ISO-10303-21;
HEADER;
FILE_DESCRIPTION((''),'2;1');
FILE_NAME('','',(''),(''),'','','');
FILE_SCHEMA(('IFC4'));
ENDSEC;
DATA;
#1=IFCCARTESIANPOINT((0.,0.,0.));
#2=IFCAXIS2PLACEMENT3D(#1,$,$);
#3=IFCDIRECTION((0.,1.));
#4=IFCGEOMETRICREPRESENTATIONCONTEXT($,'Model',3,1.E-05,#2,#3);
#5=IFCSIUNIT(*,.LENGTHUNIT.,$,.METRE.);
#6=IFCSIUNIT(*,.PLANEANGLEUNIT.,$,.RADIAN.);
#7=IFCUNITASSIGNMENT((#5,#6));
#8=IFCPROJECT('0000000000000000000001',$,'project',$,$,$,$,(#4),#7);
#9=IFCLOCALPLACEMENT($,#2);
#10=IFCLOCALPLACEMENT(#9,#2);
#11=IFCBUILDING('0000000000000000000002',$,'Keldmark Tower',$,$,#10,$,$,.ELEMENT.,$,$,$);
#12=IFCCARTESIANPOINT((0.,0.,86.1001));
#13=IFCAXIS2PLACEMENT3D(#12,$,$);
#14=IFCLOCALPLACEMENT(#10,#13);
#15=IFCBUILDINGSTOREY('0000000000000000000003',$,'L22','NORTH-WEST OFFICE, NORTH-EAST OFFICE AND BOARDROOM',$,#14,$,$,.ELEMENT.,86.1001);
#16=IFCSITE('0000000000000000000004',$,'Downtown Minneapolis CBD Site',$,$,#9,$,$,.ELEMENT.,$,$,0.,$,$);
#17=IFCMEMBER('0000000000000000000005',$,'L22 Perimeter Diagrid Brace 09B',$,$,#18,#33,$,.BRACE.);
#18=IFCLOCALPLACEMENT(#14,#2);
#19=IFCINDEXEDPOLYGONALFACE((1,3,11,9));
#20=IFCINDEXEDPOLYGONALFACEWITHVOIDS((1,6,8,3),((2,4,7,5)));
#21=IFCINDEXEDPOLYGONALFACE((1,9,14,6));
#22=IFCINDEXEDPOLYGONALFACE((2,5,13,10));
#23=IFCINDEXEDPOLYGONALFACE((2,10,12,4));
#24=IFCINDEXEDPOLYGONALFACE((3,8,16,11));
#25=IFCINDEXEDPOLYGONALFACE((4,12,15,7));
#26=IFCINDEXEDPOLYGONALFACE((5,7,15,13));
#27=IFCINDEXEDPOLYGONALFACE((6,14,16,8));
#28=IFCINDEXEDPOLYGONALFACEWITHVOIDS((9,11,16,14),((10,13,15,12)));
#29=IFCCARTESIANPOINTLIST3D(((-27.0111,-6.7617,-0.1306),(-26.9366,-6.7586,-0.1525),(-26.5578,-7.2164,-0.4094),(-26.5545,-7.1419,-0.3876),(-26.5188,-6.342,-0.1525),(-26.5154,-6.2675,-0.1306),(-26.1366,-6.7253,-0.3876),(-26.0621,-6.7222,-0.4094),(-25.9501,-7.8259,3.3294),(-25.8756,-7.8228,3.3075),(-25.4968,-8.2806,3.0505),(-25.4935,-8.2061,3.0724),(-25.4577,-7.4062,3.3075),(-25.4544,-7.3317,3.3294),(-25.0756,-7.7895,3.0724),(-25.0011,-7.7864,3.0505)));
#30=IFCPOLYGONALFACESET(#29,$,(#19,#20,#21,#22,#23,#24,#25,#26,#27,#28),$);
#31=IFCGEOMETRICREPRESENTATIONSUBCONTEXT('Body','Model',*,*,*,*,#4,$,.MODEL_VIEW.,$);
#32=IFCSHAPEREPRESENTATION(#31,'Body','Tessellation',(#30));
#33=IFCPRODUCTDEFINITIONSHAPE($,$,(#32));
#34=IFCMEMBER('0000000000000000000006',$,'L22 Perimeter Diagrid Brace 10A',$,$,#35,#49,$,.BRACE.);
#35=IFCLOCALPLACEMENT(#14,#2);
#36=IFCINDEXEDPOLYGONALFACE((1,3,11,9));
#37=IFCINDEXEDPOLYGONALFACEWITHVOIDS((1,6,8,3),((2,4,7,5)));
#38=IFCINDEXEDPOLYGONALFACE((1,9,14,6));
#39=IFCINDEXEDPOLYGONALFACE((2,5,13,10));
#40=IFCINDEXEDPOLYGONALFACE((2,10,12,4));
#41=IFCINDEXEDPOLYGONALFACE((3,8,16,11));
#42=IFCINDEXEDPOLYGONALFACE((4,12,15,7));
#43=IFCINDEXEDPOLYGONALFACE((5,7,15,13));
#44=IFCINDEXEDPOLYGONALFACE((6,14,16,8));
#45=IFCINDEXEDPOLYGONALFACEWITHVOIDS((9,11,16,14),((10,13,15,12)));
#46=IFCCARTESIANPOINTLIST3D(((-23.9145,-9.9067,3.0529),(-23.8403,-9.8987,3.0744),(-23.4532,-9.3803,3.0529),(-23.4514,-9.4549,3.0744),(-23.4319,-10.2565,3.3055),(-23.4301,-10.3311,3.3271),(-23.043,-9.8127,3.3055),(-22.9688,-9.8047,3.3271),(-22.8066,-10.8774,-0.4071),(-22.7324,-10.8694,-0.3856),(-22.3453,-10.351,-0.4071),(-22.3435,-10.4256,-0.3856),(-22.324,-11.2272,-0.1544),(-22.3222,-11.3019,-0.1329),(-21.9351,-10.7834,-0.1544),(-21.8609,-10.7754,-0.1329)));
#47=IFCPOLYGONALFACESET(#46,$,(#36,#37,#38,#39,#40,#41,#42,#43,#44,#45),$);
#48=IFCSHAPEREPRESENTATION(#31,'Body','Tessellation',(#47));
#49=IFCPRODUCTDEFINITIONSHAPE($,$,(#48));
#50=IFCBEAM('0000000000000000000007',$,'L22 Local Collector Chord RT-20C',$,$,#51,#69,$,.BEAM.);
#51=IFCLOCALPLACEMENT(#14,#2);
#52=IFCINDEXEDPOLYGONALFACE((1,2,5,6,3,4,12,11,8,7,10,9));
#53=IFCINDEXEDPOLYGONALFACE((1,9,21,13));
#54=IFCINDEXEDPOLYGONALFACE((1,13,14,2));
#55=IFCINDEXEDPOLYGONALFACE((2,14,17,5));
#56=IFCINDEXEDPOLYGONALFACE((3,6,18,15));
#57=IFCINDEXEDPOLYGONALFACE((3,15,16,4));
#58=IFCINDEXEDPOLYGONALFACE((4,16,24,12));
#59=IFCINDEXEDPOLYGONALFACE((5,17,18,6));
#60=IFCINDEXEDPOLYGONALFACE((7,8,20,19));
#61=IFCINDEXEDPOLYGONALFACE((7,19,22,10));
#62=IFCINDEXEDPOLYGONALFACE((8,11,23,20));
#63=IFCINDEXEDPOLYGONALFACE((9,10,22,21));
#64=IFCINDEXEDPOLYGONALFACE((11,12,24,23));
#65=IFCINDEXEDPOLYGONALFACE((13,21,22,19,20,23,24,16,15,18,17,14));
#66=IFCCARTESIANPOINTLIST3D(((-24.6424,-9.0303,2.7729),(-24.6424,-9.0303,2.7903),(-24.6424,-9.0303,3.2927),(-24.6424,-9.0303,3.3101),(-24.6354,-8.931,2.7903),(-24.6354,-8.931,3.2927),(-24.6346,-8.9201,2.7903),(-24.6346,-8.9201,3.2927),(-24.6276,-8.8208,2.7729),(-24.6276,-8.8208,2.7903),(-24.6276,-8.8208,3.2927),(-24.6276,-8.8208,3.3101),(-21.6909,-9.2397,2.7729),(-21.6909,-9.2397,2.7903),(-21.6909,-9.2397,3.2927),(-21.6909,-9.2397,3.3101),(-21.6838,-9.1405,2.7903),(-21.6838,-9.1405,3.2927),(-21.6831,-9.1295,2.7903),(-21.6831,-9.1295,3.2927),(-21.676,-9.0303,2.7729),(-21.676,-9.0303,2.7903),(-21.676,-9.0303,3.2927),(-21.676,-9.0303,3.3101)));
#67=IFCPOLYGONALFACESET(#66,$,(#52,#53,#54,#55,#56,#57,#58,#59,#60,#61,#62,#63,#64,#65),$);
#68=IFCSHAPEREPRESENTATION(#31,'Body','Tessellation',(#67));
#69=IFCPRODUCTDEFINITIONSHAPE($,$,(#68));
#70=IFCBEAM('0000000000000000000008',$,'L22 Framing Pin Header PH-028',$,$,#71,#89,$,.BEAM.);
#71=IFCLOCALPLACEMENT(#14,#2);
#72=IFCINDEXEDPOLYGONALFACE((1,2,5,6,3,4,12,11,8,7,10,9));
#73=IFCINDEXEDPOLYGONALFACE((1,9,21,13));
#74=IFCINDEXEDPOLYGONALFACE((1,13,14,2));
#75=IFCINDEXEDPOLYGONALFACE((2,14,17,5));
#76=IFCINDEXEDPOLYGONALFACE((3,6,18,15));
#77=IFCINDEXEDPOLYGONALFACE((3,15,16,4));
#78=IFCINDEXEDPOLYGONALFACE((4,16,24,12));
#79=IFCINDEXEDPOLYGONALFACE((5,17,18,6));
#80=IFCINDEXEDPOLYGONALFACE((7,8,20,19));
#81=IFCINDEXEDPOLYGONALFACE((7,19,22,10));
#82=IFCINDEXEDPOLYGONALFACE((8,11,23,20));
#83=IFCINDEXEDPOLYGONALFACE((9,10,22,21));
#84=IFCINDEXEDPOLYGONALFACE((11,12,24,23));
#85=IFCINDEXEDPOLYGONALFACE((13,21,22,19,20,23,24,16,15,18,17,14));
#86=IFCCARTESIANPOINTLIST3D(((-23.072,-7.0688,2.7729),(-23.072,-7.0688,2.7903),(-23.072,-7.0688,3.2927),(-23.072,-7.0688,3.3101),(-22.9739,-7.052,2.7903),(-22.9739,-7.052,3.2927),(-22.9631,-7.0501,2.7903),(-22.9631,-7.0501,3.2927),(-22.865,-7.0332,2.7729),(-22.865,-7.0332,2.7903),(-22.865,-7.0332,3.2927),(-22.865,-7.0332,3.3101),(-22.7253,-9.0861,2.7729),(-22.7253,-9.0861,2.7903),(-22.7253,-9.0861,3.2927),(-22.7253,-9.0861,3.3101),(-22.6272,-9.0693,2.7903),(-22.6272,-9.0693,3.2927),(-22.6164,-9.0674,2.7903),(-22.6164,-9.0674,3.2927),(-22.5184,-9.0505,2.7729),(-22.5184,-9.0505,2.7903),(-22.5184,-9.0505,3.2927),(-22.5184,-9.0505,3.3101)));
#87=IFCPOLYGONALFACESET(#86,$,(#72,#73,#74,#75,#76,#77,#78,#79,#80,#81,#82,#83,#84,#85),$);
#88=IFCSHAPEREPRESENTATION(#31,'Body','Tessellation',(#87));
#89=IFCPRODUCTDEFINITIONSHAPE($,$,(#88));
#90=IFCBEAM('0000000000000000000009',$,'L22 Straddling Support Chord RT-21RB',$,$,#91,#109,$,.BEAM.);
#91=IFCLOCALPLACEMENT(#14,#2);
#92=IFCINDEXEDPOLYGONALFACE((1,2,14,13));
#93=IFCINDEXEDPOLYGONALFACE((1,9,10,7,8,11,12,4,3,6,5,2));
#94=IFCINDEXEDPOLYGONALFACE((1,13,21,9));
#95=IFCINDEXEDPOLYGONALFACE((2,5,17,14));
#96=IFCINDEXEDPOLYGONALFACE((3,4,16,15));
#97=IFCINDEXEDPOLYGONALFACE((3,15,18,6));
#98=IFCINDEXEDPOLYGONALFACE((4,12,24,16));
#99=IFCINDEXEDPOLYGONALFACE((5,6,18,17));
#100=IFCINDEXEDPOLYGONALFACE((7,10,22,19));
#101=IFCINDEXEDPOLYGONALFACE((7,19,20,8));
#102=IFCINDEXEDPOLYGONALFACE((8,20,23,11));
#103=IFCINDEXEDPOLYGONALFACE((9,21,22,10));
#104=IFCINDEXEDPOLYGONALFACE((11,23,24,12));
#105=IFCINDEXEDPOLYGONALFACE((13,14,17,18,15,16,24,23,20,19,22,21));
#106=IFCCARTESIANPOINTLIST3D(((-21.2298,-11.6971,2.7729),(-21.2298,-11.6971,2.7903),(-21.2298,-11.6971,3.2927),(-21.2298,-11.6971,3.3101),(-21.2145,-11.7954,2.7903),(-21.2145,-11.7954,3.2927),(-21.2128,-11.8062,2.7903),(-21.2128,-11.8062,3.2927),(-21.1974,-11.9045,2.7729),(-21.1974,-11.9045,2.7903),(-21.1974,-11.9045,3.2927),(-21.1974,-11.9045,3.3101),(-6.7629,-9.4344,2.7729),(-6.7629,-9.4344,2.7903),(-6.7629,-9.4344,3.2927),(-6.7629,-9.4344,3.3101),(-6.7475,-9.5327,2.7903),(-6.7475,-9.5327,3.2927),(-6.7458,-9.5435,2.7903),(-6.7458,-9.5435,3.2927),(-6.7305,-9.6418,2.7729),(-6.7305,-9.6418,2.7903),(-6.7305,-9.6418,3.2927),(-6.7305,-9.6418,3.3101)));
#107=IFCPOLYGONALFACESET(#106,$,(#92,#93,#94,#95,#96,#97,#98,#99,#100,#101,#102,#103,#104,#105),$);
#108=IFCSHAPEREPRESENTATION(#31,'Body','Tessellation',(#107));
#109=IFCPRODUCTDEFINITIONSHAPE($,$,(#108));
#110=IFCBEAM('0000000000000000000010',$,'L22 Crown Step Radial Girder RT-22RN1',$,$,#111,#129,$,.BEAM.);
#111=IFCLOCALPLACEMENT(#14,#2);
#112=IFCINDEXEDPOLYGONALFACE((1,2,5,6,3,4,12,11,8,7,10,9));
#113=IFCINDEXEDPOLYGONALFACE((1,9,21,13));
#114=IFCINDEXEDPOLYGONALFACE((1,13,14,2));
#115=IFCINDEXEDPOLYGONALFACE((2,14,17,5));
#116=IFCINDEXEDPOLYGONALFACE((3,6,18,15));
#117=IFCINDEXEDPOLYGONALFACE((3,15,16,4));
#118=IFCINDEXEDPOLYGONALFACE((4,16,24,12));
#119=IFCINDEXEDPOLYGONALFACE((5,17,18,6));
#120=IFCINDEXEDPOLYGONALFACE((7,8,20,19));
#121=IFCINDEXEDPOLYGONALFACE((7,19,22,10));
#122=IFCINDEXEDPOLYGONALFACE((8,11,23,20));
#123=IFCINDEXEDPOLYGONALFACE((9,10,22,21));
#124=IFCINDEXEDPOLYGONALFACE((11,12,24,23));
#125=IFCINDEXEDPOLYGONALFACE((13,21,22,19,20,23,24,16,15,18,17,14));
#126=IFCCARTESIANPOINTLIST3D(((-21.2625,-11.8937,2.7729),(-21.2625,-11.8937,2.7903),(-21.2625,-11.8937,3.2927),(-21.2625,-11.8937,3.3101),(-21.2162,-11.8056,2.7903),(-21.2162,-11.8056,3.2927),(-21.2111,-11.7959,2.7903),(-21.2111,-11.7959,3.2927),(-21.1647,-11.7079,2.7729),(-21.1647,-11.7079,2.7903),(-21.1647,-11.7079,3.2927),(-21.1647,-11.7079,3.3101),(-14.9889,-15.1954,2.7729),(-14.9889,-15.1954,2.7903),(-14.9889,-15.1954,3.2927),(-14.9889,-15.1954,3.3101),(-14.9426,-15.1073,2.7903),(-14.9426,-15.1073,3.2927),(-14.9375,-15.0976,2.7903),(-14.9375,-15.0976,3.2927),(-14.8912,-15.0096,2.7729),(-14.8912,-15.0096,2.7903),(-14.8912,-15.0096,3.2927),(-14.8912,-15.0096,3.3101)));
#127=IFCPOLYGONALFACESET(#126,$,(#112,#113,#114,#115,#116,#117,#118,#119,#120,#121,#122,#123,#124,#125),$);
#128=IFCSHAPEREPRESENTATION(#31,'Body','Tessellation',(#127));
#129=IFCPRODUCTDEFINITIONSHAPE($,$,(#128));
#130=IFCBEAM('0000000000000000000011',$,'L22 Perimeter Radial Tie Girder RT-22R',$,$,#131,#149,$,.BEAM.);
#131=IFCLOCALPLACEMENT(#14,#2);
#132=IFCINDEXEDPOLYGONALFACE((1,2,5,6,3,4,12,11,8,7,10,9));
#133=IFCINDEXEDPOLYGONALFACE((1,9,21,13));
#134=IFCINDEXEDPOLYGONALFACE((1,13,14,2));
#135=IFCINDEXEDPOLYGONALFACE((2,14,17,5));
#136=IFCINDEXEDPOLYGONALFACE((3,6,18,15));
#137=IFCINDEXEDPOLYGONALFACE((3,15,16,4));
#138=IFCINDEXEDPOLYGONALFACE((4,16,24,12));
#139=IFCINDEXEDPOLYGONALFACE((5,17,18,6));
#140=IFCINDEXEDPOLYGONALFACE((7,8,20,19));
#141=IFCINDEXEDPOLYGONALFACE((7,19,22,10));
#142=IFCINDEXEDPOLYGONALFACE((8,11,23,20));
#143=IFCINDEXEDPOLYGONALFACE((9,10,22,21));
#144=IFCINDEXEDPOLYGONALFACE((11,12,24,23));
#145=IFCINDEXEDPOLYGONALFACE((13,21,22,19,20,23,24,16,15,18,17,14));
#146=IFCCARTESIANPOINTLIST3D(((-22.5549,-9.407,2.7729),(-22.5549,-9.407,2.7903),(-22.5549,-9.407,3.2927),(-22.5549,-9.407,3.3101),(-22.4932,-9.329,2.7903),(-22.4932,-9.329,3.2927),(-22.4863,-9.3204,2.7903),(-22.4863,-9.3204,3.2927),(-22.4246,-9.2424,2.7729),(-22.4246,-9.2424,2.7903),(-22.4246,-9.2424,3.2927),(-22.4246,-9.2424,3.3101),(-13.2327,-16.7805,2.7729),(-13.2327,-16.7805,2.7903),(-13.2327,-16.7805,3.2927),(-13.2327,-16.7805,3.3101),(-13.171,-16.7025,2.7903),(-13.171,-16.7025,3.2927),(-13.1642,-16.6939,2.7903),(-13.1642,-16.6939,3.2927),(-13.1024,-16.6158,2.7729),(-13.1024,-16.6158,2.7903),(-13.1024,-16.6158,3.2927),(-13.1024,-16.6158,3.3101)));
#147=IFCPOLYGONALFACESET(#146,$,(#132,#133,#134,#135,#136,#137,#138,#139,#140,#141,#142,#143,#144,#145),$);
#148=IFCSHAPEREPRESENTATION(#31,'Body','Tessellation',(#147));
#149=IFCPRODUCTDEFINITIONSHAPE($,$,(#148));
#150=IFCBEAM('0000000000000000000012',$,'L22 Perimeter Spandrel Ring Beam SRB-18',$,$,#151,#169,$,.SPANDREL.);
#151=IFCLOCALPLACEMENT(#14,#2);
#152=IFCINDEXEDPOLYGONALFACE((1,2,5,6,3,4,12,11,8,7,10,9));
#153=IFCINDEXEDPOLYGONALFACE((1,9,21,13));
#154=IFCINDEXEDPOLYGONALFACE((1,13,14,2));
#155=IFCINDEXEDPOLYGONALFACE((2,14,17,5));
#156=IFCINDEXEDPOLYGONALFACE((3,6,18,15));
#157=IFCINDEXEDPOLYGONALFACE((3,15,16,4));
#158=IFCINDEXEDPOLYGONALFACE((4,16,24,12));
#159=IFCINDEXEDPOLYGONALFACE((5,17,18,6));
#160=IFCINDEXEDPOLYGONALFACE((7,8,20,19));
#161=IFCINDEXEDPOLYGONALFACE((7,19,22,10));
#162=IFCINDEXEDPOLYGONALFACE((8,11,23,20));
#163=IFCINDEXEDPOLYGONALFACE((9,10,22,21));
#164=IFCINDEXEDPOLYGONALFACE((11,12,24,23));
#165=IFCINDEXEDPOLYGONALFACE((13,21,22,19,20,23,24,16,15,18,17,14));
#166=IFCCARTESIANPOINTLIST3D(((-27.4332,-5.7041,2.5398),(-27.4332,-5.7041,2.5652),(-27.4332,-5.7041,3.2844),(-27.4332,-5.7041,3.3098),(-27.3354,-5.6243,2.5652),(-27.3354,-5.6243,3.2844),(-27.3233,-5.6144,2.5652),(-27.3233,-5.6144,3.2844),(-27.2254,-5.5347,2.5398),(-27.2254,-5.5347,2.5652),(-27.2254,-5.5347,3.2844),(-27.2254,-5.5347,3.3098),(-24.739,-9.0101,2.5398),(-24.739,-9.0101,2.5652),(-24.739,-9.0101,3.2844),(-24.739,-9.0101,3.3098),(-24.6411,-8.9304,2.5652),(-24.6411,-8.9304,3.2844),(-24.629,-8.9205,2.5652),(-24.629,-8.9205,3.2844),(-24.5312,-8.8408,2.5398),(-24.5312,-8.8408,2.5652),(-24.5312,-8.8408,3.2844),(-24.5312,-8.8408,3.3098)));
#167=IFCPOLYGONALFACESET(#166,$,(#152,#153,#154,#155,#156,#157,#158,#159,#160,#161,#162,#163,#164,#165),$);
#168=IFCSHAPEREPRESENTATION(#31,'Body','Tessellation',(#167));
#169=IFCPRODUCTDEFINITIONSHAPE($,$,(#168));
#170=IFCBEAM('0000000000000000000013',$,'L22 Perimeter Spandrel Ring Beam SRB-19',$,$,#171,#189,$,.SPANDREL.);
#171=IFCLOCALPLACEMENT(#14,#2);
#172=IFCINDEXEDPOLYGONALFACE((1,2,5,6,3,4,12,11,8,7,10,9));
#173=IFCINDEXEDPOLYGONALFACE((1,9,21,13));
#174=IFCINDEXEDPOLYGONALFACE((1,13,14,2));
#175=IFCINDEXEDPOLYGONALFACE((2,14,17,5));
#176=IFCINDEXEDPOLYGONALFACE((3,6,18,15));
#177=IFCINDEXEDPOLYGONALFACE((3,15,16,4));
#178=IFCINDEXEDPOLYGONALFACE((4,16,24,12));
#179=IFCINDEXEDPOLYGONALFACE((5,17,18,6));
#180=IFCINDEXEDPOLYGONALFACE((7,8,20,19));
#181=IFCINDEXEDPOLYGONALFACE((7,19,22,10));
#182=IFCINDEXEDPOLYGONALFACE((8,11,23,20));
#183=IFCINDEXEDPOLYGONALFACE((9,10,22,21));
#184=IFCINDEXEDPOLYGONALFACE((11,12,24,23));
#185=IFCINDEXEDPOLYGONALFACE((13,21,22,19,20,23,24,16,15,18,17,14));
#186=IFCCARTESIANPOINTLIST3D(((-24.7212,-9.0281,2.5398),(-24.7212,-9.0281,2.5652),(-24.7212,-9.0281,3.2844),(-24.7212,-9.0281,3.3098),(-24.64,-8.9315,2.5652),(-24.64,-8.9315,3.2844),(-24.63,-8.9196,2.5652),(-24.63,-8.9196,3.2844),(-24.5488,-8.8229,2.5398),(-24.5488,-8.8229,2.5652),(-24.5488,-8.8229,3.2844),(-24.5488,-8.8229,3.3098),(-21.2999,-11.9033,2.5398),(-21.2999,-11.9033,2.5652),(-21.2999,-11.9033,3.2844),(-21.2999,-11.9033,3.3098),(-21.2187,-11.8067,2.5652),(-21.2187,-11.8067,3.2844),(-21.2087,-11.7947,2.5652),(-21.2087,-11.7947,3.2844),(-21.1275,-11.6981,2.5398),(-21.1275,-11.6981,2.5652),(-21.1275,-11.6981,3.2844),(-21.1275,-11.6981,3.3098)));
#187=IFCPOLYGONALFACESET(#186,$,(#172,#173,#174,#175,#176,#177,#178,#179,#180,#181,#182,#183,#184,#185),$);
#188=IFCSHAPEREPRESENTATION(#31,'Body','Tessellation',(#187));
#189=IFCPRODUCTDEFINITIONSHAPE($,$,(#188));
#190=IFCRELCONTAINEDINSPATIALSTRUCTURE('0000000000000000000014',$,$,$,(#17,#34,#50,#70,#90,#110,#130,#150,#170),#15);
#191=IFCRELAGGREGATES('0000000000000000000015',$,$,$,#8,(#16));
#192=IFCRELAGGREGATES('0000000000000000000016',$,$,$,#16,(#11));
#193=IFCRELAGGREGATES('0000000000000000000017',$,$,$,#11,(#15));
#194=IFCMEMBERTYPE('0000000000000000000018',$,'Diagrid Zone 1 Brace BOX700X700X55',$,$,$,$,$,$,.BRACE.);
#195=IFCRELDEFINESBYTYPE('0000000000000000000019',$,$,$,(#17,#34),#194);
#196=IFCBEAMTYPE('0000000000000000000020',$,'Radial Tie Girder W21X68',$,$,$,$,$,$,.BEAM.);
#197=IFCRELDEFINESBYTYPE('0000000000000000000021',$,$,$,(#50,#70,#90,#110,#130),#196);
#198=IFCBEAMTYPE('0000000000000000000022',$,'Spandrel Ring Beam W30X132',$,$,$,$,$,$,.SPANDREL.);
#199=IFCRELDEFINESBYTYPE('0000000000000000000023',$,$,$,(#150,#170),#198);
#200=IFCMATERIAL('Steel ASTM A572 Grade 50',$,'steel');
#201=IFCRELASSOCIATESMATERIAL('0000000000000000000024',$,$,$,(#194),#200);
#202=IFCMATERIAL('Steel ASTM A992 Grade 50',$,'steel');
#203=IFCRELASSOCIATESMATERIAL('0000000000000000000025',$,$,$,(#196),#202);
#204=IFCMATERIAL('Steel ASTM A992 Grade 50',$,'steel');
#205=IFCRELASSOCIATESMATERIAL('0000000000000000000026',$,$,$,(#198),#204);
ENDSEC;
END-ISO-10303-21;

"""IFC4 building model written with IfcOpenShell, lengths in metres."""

from ifc_helpers import new_model, si_unit, direction, frame, origin, origin_2d, place, context, subcontext, project, spatial, hollow_rectangle, i_section, extrude, material, material_profile, profile_set, type_object, element, save


model = new_model("IFC4")

# Units and contexts
model_context = context("Model", 3, precision=1e-05, world=origin(), true_north=direction((0.0, 1.0)))
body_context = subcontext(model_context, "Body", "Model", "MODEL_VIEW")
ifc_project = project(units=[si_unit("LENGTHUNIT", "METRE"), si_unit("PLANEANGLEUNIT", "RADIAN")], contexts=[model_context])

# Site, building, storey
site_placement = place(None, origin())
site = spatial("IfcSite", under=ifc_project, at=site_placement, Name="Downtown Minneapolis CBD Site", CompositionType="ELEMENT", RefElevation=0.0)
building_placement = place(site_placement, origin())
building = spatial("IfcBuilding", under=site, at=building_placement, Name="Keldmark Tower", CompositionType="ELEMENT")
storey_placement = place(building_placement, frame((0.0, 0.0, 86.1001)))
storey = spatial("IfcBuildingStorey", under=building, at=storey_placement, Name="L22", Description="NORTH-WEST OFFICE, NORTH-EAST OFFICE AND BOARDROOM", CompositionType="ELEMENT", Elevation=86.1001)

# Members
ifc_material_1 = material(Name="Steel ASTM A572 Grade 50", Category="steel")
ifc_material_profile_1 = material_profile(ifc_material_1, hollow_rectangle(XDim=0.7, YDim=0.7, WallThickness=0.0549, at=origin_2d()), Name="BOX700X700X55")
ifc_profile_set_1 = profile_set([ifc_material_profile_1], Name="Steel ASTM A572 Grade 50")
member_type = type_object("IfcMemberType", Name="Diagrid Zone 1 Brace BOX700X700X55", PredefinedType="BRACE", material=ifc_profile_set_1)
member_1_placement = place(storey_placement, frame((-26.5366, -6.7419, -0.27), z_axis=(0.281276, -0.282117, 0.917221), x_axis=(0.708162, 0.70605, 0.0)))
element("IfcMember", 1, at=member_1_placement, inside=storey, type_object=member_type, Name="L22 Perimeter Diagrid Brace 09B", PredefinedType="BRACE", context=body_context, shape_type="SweptSolid", body=[
    extrude(hollow_rectangle(XDim=0.7, YDim=0.7, WallThickness=0.0549, at=origin_2d()), origin(), (0.0, 0.0, 1.0), 3.7722),
])
member_2_placement = place(storey_placement, frame((-22.3337, -10.8264, -0.27), z_axis=(-0.294621, 0.258134, 0.92009), x_axis=(-0.658997, -0.752145, 0.0)))
element("IfcMember", 2, at=member_2_placement, inside=storey, type_object=member_type, Name="L22 Perimeter Diagrid Brace 10A", PredefinedType="BRACE", context=body_context, shape_type="SweptSolid", body=[
    extrude(hollow_rectangle(XDim=0.7, YDim=0.7, WallThickness=0.0549, at=origin_2d()), origin(), (0.0, 0.0, 1.0), 3.7605),
])

# Beams
ifc_material_2 = material(Name="Steel ASTM A992 Grade 50", Category="steel")
ifc_material_profile_2 = material_profile(ifc_material_2, i_section(OverallWidth=0.21, OverallDepth=0.5371, WebThickness=0.011, FlangeThickness=0.0173, at=origin_2d()), Name="W21X68")
ifc_profile_set_2 = profile_set([ifc_material_profile_2], Name="Steel ASTM A992 Grade 50")
beam_type_1 = type_object("IfcBeamType", Name="Radial Tie Girder W21X68", PredefinedType="BEAM", material=ifc_profile_set_2)
beam_1_placement = place(storey_placement, frame((-24.635, -8.9255, 3.0415), z_axis=(0.997491, -0.07079, 0.0), x_axis=(0.07079, 0.997491, 0.0)))
element("IfcBeam", 3, at=beam_1_placement, inside=storey, type_object=beam_type_1, Name="L22 Local Collector Chord RT-20C", PredefinedType="BEAM", context=body_context, shape_type="SweptSolid", body=[
    extrude(i_section(OverallWidth=0.21, OverallDepth=0.5371, WebThickness=0.011, FlangeThickness=0.0173, at=origin_2d()), origin(), (0.0, 0.0, 1.0), 2.959),
])
beam_2_placement = place(storey_placement, frame((-22.9685, -7.051, 3.0415), z_axis=(0.169368, -0.985553, 0.0), x_axis=(0.985553, 0.169368, 0.0)))
element("IfcBeam", 4, at=beam_2_placement, inside=storey, type_object=beam_type_1, Name="L22 Framing Pin Header PH-028", PredefinedType="BEAM", context=body_context, shape_type="SweptSolid", body=[
    extrude(i_section(OverallWidth=0.21, OverallDepth=0.5371, WebThickness=0.011, FlangeThickness=0.0173, at=origin_2d()), origin(), (0.0, 0.0, 1.0), 2.0469),
])
beam_3_placement = place(storey_placement, frame((-21.2136, -11.8008, 3.0415), z_axis=(0.987989, 0.154525, 0.0), x_axis=(-0.154525, 0.987989, 0.0)))
element("IfcBeam", 5, at=beam_3_placement, inside=storey, type_object=beam_type_1, Name="L22 Straddling Support Chord RT-21RB", PredefinedType="BEAM", context=body_context, shape_type="SweptSolid", body=[
    extrude(i_section(OverallWidth=0.21, OverallDepth=0.5371, WebThickness=0.011, FlangeThickness=0.0173, at=origin_2d()), origin(), (0.0, 0.0, 1.0), 14.6428),
])
beam_4_placement = place(storey_placement, frame((-21.2136, -11.8008, 3.0415), z_axis=(0.884929, -0.465727, 0.0), x_axis=(0.465727, 0.884929, 0.0)))
element("IfcBeam", 6, at=beam_4_placement, inside=storey, type_object=beam_type_1, Name="L22 Crown Step Radial Girder RT-22RN1", PredefinedType="BEAM", context=body_context, shape_type="SweptSolid", body=[
    extrude(i_section(OverallWidth=0.21, OverallDepth=0.5371, WebThickness=0.011, FlangeThickness=0.0173, at=origin_2d()), origin(), (0.0, 0.0, 1.0), 7.0894),
])
beam_5_placement = place(storey_placement, frame((-22.4897, -9.3247, 3.0415), z_axis=(0.784316, -0.620362, 0.0), x_axis=(0.620362, 0.784316, 0.0)))
element("IfcBeam", 7, at=beam_5_placement, inside=storey, type_object=beam_type_1, Name="L22 Perimeter Radial Tie Girder RT-22R", PredefinedType="BEAM", context=body_context, shape_type="SweptSolid", body=[
    extrude(i_section(OverallWidth=0.21, OverallDepth=0.5371, WebThickness=0.011, FlangeThickness=0.0173, at=origin_2d()), origin(), (0.0, 0.0, 1.0), 11.8857),
])
ifc_material_3 = material(Name="Steel ASTM A992 Grade 50", Category="steel")
ifc_material_profile_3 = material_profile(ifc_material_3, i_section(OverallWidth=0.2681, OverallDepth=0.77, WebThickness=0.0156, FlangeThickness=0.0254, at=origin_2d()), Name="W30X132")
ifc_profile_set_3 = profile_set([ifc_material_profile_3], Name="Steel ASTM A992 Grade 50")
beam_type_2 = type_object("IfcBeamType", Name="Spandrel Ring Beam W30X132", PredefinedType="SPANDREL", material=ifc_profile_set_3)
beam_6_placement = place(storey_placement, frame((-27.3293, -5.6194, 2.9248), z_axis=(0.631734, -0.775185, 0.0), x_axis=(0.775185, 0.631734, 0.0)))
element("IfcBeam", 8, at=beam_6_placement, inside=storey, type_object=beam_type_2, Name="L22 Perimeter Spandrel Ring Beam SRB-18", PredefinedType="SPANDREL", context=body_context, shape_type="SweptSolid", body=[
    extrude(i_section(OverallWidth=0.2681, OverallDepth=0.77, WebThickness=0.0156, FlangeThickness=0.0254, at=origin_2d()), origin(), (0.0, 0.0, 1.0), 4.2649),
])
beam_7_placement = place(storey_placement, frame((-24.635, -8.9255, 2.9248), z_axis=(0.765564, -0.64336, 0.0), x_axis=(0.64336, 0.765564, 0.0)))
element("IfcBeam", 9, at=beam_7_placement, inside=storey, type_object=beam_type_2, Name="L22 Perimeter Spandrel Ring Beam SRB-19", PredefinedType="SPANDREL", context=body_context, shape_type="SweptSolid", body=[
    extrude(i_section(OverallWidth=0.2681, OverallDepth=0.77, WebThickness=0.0156, FlangeThickness=0.0254, at=origin_2d()), origin(), (0.0, 0.0, 1.0), 4.469),
])

save(model, "model.ifc")
